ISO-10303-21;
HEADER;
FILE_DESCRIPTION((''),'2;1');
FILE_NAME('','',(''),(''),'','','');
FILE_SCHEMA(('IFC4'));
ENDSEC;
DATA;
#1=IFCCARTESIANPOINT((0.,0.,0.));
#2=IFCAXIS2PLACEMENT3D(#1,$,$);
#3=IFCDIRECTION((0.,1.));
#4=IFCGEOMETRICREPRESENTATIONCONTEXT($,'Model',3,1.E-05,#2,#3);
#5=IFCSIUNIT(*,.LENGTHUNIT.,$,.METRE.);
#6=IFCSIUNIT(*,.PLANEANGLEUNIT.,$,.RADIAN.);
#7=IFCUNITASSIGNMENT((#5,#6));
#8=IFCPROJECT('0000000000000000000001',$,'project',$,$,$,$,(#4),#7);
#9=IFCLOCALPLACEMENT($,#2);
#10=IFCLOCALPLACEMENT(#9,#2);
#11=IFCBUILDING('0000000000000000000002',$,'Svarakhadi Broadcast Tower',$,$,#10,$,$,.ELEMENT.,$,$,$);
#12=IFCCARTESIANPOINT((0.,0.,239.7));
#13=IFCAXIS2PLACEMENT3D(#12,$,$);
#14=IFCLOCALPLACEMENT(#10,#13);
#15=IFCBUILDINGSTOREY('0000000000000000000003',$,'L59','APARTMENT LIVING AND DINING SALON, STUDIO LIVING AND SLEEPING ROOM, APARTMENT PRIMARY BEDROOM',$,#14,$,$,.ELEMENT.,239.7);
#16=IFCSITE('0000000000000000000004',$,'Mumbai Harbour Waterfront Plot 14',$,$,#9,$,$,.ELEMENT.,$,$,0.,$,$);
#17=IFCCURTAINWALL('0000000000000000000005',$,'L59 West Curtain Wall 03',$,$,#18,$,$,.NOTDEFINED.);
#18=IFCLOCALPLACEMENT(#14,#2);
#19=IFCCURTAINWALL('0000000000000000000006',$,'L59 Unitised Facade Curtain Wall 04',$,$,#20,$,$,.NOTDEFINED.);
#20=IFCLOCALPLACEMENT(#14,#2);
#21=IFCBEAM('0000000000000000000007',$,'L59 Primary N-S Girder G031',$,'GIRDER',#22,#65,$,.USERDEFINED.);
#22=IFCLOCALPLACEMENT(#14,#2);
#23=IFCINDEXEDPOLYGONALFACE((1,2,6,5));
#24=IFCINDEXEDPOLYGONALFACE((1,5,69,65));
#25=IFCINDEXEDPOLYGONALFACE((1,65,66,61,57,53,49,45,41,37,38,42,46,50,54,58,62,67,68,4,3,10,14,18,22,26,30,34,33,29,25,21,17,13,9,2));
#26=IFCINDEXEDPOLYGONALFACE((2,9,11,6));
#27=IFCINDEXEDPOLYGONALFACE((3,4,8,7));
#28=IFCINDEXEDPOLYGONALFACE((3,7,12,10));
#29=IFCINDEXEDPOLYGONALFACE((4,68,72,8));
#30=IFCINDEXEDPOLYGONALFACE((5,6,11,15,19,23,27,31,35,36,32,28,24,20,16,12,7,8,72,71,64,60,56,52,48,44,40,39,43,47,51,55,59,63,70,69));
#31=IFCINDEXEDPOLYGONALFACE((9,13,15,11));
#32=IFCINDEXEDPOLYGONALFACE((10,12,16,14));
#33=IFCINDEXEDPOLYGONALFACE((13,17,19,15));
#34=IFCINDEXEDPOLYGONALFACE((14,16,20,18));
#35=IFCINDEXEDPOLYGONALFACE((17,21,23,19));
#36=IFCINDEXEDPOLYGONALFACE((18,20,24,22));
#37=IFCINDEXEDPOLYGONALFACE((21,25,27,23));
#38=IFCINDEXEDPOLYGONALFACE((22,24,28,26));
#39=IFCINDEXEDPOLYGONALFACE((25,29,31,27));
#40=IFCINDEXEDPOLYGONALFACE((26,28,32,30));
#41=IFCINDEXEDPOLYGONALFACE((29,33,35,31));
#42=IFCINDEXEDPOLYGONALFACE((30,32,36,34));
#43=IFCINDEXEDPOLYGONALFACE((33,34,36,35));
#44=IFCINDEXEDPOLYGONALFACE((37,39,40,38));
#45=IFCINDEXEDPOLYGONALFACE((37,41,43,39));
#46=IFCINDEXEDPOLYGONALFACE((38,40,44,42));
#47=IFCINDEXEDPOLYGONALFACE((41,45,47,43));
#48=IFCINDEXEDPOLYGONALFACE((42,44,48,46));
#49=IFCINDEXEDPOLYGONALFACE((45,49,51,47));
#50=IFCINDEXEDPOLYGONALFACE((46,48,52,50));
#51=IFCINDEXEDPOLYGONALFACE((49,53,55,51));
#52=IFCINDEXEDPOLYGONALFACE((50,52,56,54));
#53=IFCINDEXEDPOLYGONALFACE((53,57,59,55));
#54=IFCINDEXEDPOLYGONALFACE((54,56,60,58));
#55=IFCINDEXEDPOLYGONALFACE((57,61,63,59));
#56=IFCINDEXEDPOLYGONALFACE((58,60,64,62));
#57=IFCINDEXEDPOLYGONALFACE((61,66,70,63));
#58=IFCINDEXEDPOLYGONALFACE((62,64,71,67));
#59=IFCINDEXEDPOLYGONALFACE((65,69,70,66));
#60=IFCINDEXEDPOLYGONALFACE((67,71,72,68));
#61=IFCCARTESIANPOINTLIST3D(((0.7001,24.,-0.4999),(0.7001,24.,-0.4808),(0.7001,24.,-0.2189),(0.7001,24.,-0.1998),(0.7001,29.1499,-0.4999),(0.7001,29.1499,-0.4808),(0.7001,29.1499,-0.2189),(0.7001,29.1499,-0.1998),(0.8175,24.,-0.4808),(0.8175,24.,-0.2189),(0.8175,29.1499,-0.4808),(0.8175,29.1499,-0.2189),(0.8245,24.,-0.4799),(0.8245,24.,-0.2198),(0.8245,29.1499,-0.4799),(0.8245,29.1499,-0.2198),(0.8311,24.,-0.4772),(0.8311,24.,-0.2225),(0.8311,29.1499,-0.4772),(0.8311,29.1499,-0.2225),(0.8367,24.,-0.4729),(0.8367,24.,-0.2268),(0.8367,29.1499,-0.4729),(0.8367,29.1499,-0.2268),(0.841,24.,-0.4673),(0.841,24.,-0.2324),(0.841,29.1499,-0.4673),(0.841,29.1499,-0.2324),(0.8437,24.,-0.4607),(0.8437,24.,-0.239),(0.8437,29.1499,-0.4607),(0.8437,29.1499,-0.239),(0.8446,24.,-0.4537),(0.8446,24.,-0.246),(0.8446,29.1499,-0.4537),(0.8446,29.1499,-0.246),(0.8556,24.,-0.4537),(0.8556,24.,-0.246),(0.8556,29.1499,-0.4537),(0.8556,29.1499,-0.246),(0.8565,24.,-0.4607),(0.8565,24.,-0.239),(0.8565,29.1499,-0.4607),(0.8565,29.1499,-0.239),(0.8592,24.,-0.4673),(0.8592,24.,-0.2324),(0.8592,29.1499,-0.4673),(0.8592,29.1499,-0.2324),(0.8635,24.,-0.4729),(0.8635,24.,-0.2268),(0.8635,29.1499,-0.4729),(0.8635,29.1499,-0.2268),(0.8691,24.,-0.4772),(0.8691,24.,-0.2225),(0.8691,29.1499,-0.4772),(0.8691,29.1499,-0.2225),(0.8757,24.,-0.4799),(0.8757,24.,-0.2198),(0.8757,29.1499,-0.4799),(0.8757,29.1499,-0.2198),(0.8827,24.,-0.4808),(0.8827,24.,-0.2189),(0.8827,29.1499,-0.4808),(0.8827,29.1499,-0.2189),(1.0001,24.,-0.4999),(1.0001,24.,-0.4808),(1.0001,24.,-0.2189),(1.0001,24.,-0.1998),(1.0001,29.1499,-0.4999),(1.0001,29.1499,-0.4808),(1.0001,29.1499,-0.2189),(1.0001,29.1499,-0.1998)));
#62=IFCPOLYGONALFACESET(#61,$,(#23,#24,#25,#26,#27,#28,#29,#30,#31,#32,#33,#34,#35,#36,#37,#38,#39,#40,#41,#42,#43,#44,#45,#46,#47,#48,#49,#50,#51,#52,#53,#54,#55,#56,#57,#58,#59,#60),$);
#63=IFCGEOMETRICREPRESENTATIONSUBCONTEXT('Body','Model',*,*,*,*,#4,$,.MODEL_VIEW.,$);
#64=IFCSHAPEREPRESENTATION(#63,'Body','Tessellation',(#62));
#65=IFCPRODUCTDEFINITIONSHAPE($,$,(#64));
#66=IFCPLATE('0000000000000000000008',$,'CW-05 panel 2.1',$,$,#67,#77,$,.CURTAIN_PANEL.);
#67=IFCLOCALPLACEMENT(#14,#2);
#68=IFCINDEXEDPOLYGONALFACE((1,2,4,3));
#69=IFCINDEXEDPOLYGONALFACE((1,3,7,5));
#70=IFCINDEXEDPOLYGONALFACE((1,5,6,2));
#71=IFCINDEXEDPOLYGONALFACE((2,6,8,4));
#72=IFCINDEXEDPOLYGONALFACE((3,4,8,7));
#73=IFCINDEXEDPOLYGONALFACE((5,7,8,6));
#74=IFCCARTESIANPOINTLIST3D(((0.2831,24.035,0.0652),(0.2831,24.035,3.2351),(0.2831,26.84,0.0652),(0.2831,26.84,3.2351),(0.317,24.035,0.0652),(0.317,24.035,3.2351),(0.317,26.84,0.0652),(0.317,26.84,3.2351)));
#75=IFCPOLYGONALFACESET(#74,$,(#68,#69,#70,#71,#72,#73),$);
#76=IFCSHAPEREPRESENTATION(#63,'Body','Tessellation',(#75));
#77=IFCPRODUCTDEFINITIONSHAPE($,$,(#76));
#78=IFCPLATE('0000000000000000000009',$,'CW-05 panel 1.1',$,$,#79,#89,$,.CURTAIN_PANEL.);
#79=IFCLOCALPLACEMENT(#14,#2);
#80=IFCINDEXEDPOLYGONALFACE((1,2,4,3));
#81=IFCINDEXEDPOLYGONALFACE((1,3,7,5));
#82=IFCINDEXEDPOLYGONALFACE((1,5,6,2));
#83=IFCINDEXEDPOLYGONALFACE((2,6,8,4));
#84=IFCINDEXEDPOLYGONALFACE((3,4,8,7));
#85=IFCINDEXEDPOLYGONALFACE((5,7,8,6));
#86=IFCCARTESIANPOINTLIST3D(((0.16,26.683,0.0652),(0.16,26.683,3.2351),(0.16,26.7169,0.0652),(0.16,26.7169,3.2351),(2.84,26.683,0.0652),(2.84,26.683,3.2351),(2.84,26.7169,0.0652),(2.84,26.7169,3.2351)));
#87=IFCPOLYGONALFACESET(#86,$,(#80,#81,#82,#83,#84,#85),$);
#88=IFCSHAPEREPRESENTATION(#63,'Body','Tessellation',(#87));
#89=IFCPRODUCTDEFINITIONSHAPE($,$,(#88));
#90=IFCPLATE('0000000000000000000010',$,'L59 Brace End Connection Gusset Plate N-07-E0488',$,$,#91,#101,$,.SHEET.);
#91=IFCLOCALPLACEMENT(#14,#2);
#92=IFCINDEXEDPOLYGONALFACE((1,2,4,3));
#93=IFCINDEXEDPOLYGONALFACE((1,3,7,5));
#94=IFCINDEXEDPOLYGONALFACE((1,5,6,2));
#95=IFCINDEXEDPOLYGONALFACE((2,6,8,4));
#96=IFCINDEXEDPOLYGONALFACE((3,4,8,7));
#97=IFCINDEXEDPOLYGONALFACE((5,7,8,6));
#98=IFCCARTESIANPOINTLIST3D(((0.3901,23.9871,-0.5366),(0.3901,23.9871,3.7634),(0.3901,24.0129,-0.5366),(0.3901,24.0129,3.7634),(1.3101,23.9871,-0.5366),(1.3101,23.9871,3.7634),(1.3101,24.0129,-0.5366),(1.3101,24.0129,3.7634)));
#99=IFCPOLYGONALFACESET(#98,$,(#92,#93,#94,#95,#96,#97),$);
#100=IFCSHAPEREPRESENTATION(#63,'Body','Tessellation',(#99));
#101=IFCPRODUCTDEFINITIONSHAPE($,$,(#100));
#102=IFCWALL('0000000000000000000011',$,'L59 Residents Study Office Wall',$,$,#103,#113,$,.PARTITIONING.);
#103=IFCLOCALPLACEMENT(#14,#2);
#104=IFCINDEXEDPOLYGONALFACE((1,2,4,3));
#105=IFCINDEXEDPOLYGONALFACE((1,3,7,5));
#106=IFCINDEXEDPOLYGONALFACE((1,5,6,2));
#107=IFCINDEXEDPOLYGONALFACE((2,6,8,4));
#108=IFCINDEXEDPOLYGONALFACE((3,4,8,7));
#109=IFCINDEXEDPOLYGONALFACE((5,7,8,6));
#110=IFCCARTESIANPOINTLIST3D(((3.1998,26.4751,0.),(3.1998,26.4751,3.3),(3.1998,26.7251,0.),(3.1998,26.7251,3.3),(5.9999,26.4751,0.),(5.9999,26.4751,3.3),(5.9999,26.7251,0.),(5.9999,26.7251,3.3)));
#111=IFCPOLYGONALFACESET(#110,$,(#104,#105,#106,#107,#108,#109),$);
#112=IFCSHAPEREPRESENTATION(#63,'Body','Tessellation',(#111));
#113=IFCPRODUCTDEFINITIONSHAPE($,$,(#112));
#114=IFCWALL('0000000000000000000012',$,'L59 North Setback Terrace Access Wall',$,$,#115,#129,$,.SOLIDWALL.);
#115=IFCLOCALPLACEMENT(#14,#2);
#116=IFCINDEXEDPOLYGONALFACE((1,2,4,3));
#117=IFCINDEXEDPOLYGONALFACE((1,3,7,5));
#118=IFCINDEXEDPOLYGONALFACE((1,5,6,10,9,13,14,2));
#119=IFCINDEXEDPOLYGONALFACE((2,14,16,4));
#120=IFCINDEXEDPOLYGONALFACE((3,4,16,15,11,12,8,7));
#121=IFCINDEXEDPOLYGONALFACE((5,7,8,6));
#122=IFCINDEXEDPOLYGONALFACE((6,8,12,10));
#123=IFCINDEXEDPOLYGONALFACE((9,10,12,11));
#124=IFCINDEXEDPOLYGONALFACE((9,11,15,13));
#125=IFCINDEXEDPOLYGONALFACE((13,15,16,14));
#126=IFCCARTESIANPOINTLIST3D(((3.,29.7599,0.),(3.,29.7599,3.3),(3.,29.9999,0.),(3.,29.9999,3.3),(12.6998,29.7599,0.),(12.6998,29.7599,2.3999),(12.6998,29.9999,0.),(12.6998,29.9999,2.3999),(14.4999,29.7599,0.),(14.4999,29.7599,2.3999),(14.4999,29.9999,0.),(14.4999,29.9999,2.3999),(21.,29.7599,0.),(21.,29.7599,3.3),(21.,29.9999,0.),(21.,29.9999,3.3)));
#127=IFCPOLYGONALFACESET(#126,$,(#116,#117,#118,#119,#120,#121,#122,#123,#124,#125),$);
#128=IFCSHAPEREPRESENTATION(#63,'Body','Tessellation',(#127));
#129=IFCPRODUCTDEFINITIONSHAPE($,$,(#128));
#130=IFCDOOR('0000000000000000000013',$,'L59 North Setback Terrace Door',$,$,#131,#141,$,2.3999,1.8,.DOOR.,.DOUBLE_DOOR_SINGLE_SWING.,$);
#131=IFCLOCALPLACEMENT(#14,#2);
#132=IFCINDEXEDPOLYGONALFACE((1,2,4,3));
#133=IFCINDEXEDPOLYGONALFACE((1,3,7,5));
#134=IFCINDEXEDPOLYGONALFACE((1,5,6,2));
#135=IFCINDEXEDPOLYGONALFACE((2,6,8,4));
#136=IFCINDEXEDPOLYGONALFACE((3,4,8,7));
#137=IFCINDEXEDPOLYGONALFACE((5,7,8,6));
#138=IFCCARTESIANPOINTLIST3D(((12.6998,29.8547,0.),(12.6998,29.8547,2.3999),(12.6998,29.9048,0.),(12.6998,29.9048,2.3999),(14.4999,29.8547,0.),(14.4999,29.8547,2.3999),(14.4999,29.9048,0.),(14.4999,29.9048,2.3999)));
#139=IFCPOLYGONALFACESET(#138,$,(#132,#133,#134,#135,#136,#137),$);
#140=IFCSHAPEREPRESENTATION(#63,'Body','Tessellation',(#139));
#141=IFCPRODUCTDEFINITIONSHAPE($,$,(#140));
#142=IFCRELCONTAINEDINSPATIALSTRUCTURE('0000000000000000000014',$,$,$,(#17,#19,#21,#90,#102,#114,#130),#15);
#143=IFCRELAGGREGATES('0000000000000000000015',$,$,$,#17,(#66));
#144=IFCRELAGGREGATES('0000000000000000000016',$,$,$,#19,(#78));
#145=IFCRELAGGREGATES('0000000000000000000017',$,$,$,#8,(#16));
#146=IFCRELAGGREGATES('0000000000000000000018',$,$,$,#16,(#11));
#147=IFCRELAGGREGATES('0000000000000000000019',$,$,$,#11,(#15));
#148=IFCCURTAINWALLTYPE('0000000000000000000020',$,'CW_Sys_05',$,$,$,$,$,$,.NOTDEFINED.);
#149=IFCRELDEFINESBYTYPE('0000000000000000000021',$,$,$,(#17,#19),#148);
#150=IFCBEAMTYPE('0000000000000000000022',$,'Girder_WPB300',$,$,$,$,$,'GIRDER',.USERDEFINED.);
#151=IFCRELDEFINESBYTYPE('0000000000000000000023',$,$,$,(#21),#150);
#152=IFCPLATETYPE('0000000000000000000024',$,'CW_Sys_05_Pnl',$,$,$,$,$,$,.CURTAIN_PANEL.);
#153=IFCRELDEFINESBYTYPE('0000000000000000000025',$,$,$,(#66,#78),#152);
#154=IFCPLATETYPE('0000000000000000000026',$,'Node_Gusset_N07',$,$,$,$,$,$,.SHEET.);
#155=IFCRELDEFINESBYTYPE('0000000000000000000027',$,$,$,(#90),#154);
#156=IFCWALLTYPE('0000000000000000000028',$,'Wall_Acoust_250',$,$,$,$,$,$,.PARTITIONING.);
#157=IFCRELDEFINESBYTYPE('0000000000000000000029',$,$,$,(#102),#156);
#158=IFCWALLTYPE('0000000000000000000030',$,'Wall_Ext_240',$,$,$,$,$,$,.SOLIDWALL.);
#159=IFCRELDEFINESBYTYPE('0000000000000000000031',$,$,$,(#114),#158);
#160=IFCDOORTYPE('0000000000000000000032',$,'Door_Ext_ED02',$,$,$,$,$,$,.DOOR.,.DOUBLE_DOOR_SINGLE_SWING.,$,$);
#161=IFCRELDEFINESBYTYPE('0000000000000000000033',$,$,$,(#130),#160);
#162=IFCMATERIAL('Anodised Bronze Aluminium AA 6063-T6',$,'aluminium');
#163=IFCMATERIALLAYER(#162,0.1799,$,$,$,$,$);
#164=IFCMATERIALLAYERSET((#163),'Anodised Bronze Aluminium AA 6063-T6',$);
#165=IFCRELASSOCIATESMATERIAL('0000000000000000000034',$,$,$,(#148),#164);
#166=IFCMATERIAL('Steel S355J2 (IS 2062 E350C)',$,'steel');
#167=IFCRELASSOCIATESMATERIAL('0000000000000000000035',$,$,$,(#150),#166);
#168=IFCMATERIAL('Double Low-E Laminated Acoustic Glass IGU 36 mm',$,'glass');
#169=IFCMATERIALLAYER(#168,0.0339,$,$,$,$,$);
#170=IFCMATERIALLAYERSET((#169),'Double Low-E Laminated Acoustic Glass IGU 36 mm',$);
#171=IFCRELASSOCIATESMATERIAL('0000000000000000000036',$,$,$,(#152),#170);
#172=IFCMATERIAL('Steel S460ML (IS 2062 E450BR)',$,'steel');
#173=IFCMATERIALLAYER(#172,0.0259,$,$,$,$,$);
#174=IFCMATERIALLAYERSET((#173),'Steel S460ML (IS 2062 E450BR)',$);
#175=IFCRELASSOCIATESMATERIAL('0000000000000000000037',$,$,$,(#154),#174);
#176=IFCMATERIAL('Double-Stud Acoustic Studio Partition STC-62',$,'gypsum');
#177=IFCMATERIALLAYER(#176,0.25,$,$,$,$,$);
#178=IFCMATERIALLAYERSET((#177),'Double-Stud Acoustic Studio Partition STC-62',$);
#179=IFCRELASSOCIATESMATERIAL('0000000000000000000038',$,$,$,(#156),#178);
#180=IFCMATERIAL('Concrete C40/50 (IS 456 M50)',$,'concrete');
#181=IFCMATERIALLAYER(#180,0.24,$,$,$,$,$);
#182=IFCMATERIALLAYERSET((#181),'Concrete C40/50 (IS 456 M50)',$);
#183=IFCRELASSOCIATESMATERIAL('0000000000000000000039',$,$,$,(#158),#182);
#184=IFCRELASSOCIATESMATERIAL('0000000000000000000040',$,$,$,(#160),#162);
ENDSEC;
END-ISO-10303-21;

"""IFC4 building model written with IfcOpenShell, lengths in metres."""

from ifc_helpers import new_model, si_unit, direction, frame, frame_2d, origin, origin_2d, place, context, subcontext, project, spatial, rectangle, i_section, extrude, material, layer, layer_set, material_profile, profile_set, type_object, element, fill, aggregate, save


model = new_model("IFC4")

# Units and contexts
model_context = context("Model", 3, precision=1e-05, world=origin(), true_north=direction((0.0, 1.0)))
body_context = subcontext(model_context, "Body", "Model", "MODEL_VIEW")
ifc_project = project(units=[si_unit("LENGTHUNIT", "METRE"), si_unit("PLANEANGLEUNIT", "RADIAN")], contexts=[model_context])

# Site, building, storey
site_placement = place(None, origin())
site = spatial("IfcSite", under=ifc_project, at=site_placement, Name="Mumbai Harbour Waterfront Plot 14", CompositionType="ELEMENT", RefElevation=0.0)
building_placement = place(site_placement, origin())
building = spatial("IfcBuilding", under=site, at=building_placement, Name="Svarakhadi Broadcast Tower", CompositionType="ELEMENT")
storey_placement = place(building_placement, frame((0.0, 0.0, 239.7)))
storey = spatial("IfcBuildingStorey", under=building, at=storey_placement, Name="L59", Description="APARTMENT LIVING AND DINING SALON, STUDIO LIVING AND SLEEPING ROOM, APARTMENT PRIMARY BEDROOM", CompositionType="ELEMENT", Elevation=239.7)

# Shared definitions
ifc_material_1 = material(Name="Steel S460ML (IS 2062 E450BR)", Category="steel")

# Shared definitions
ifc_material_2 = material(Name="Steel S355J2 (IS 2062 E350C)", Category="steel")

# Curtain walls
ifc_material_3 = material(Name="Anodised Bronze Aluminium AA 6063-T6", Category="aluminium")
ifc_layer_1 = layer(ifc_material_3, 0.1799)
ifc_layer_set_1 = layer_set([ifc_layer_1], Name="Anodised Bronze Aluminium AA 6063-T6")
curtain_wall_type = type_object("IfcCurtainWallType", Name="CW_Sys_05", PredefinedType="NOTDEFINED", material=ifc_layer_set_1)
curtain_wall_1_placement = place(storey_placement, origin())
curtain_wall_1 = element("IfcCurtainWall", 1, at=curtain_wall_1_placement, inside=storey, type_object=curtain_wall_type, Name="L59 West Curtain Wall 03", PredefinedType="NOTDEFINED")
curtain_wall_2_placement = place(storey_placement, origin())
curtain_wall_2 = element("IfcCurtainWall", 2, at=curtain_wall_2_placement, inside=storey, type_object=curtain_wall_type, Name="L59 Unitised Facade Curtain Wall 04", PredefinedType="NOTDEFINED")

# Beam
ifc_material_profile_1 = material_profile(ifc_material_2, i_section(OverallWidth=0.3, OverallDepth=0.3, WebThickness=0.011, FlangeThickness=0.019, FilletRadius=0.0271, at=origin_2d()), Name="WPB 300x300x117")
ifc_profile_set_1 = profile_set([ifc_material_profile_1], Name="Steel S355J2 (IS 2062 E350C)")
beam_type_1 = type_object("IfcBeamType", Name="Girder_WPB300", ElementType="GIRDER", PredefinedType="USERDEFINED", material=ifc_profile_set_1)
for number, where, z_axis, x_axis, name in (
    (3, (0.8501, 24.0, -0.3499), (0.0, 1.0, 0.0), (-1.0, 0.0, 0.0), "L59 Primary N-S Girder G031"),
):
    element("IfcBeam", number, at=place(storey_placement, frame(where, z_axis=z_axis, x_axis=x_axis)), inside=storey, type_object=beam_type_1, Name=name, ObjectType="GIRDER", PredefinedType="USERDEFINED", context=body_context, shape_type="SweptSolid", body=[
        extrude(i_section(OverallWidth=0.3, OverallDepth=0.3, WebThickness=0.011, FlangeThickness=0.019, FilletRadius=0.0271, at=origin_2d()), origin(), (0.0, 0.0, 1.0), 5.1499),
    ])

# Plates
ifc_material_4 = material(Name="Double Low-E Laminated Acoustic Glass IGU 36 mm", Category="glass")
ifc_layer_2 = layer(ifc_material_4, 0.0339)
ifc_layer_set_2 = layer_set([ifc_layer_2], Name="Double Low-E Laminated Acoustic Glass IGU 36 mm")
plate_type_1 = type_object("IfcPlateType", Name="CW_Sys_05_Pnl", PredefinedType="CURTAIN_PANEL", material=ifc_layer_set_2)
plate_1_placement = place(storey_placement, frame((0.3, 25.4375, 0.0652), z_axis=(0.0, 0.0, 1.0), x_axis=(0.0, 1.0, 0.0)))
plate_1 = element("IfcPlate", 4, at=plate_1_placement, type_object=plate_type_1, Name="CW-05 panel 2.1", PredefinedType="CURTAIN_PANEL", context=body_context, shape_type="SweptSolid", body=[
    extrude(rectangle(XDim=2.8049, YDim=0.0339, at=origin_2d()), origin(), (0.0, 0.0, 1.0), 3.1699),
])
aggregate(curtain_wall_1, [plate_1])
plate_2_placement = place(storey_placement, frame((1.5, 26.7, 0.0652), z_axis=(0.0, 0.0, 1.0), x_axis=(1.0, 0.0, 0.0)))
plate_2 = element("IfcPlate", 5, at=plate_2_placement, type_object=plate_type_1, Name="CW-05 panel 1.1", PredefinedType="CURTAIN_PANEL", context=body_context, shape_type="SweptSolid", body=[
    extrude(rectangle(XDim=2.6799, YDim=0.0339, at=origin_2d()), origin(), (0.0, 0.0, 1.0), 3.1699),
])
aggregate(curtain_wall_2, [plate_2])
ifc_layer_3 = layer(ifc_material_1, 0.0259)
ifc_layer_set_3 = layer_set([ifc_layer_3], Name="Steel S460ML (IS 2062 E450BR)")
plate_type_2 = type_object("IfcPlateType", Name="Node_Gusset_N07", PredefinedType="SHEET", material=ifc_layer_set_3)
plate_3_placement = place(storey_placement, frame((0.8501, 24.0, -0.5366), z_axis=(0.0, 0.0, 1.0), x_axis=(1.0, 0.0, 0.0)))
element("IfcPlate", 6, at=plate_3_placement, inside=storey, type_object=plate_type_2, Name="L59 Brace End Connection Gusset Plate N-07-E0488", PredefinedType="SHEET", context=body_context, shape_type="SweptSolid", body=[
    extrude(rectangle(XDim=0.9199, YDim=0.0259, at=origin_2d()), origin(), (0.0, 0.0, 1.0), 4.3),
])

# Wall
ifc_material_5 = material(Name="Double-Stud Acoustic Studio Partition STC-62", Category="gypsum")
ifc_layer_4 = layer(ifc_material_5, 0.25)
ifc_layer_set_4 = layer_set([ifc_layer_4], Name="Double-Stud Acoustic Studio Partition STC-62")
wall_type_1 = type_object("IfcWallType", Name="Wall_Acoust_250", PredefinedType="PARTITIONING", material=ifc_layer_set_4)
wall_1_placement = place(storey_placement, frame((3.2, 26.6001, 0.0), z_axis=(0.0, 0.0, 1.0), x_axis=(1.0, 0.0, 0.0)))
element("IfcWall", 7, at=wall_1_placement, inside=storey, type_object=wall_type_1, Name="L59 Residents Study Office Wall", PredefinedType="PARTITIONING", context=body_context, shape_type="SweptSolid", body=[
    extrude(rectangle(XDim=2.8, YDim=0.25, at=frame_2d((1.3999, 0.0))), origin(), (0.0, 0.0, 1.0), 3.3),
])

# Wall, opening, door
ifc_material_6 = material(Name="Concrete C40/50 (IS 456 M50)", Category="concrete")
ifc_layer_5 = layer(ifc_material_6, 0.24)
ifc_layer_set_5 = layer_set([ifc_layer_5], Name="Concrete C40/50 (IS 456 M50)")
wall_type_2 = type_object("IfcWallType", Name="Wall_Ext_240", PredefinedType="SOLIDWALL", material=ifc_layer_set_5)
wall_2_placement = place(storey_placement, frame((3.0, 29.8799, 0.0), z_axis=(0.0, 0.0, 1.0), x_axis=(1.0, 0.0, 0.0)))
wall_2 = element("IfcWall", 8, at=wall_2_placement, inside=storey, type_object=wall_type_2, Name="L59 North Setback Terrace Access Wall", PredefinedType="SOLIDWALL", context=body_context, shape_type="SweptSolid", body=[
    extrude(rectangle(XDim=18.0, YDim=0.24, at=frame_2d((9.0, 0.0))), origin(), (0.0, 0.0, 1.0), 3.3),
])
opening_placement = place(wall_2_placement, frame((9.7, 0.0, 0.0)))
opening = element("IfcOpeningElement", 9, at=opening_placement, cuts=wall_2, PredefinedType="OPENING", context=body_context, shape_type="SweptSolid", body=[
    extrude(rectangle(XDim=1.8, YDim=2.3999, at=frame_2d((0.8999, 1.2))), frame((0.0, 0.1299, 0.0), z_axis=(0.0, -1.0, 0.0), x_axis=(1.0, 0.0, 0.0)), (0.0, 0.0, 1.0), 0.26),
])
door_type = type_object("IfcDoorType", Name="Door_Ext_ED02", OperationType="DOUBLE_DOOR_SINGLE_SWING", PredefinedType="DOOR", material=ifc_material_3)
door_placement = place(opening_placement, origin())
door = element("IfcDoor", 10, at=door_placement, inside=storey, type_object=door_type, Name="L59 North Setback Terrace Door", OperationType="DOUBLE_DOOR_SINGLE_SWING", OverallHeight=2.3999, OverallWidth=1.8, PredefinedType="DOOR", context=body_context, shape_type="SweptSolid", body=[
    extrude(rectangle(XDim=1.8, YDim=2.3999, at=frame_2d((0.8999, 1.2))), frame((0.0, 0.0249, 0.0), z_axis=(0.0, -1.0, 0.0), x_axis=(1.0, 0.0, 0.0)), (0.0, 0.0, 1.0), 0.05),
])
fill(opening, door)

save(model, "model.ifc")
